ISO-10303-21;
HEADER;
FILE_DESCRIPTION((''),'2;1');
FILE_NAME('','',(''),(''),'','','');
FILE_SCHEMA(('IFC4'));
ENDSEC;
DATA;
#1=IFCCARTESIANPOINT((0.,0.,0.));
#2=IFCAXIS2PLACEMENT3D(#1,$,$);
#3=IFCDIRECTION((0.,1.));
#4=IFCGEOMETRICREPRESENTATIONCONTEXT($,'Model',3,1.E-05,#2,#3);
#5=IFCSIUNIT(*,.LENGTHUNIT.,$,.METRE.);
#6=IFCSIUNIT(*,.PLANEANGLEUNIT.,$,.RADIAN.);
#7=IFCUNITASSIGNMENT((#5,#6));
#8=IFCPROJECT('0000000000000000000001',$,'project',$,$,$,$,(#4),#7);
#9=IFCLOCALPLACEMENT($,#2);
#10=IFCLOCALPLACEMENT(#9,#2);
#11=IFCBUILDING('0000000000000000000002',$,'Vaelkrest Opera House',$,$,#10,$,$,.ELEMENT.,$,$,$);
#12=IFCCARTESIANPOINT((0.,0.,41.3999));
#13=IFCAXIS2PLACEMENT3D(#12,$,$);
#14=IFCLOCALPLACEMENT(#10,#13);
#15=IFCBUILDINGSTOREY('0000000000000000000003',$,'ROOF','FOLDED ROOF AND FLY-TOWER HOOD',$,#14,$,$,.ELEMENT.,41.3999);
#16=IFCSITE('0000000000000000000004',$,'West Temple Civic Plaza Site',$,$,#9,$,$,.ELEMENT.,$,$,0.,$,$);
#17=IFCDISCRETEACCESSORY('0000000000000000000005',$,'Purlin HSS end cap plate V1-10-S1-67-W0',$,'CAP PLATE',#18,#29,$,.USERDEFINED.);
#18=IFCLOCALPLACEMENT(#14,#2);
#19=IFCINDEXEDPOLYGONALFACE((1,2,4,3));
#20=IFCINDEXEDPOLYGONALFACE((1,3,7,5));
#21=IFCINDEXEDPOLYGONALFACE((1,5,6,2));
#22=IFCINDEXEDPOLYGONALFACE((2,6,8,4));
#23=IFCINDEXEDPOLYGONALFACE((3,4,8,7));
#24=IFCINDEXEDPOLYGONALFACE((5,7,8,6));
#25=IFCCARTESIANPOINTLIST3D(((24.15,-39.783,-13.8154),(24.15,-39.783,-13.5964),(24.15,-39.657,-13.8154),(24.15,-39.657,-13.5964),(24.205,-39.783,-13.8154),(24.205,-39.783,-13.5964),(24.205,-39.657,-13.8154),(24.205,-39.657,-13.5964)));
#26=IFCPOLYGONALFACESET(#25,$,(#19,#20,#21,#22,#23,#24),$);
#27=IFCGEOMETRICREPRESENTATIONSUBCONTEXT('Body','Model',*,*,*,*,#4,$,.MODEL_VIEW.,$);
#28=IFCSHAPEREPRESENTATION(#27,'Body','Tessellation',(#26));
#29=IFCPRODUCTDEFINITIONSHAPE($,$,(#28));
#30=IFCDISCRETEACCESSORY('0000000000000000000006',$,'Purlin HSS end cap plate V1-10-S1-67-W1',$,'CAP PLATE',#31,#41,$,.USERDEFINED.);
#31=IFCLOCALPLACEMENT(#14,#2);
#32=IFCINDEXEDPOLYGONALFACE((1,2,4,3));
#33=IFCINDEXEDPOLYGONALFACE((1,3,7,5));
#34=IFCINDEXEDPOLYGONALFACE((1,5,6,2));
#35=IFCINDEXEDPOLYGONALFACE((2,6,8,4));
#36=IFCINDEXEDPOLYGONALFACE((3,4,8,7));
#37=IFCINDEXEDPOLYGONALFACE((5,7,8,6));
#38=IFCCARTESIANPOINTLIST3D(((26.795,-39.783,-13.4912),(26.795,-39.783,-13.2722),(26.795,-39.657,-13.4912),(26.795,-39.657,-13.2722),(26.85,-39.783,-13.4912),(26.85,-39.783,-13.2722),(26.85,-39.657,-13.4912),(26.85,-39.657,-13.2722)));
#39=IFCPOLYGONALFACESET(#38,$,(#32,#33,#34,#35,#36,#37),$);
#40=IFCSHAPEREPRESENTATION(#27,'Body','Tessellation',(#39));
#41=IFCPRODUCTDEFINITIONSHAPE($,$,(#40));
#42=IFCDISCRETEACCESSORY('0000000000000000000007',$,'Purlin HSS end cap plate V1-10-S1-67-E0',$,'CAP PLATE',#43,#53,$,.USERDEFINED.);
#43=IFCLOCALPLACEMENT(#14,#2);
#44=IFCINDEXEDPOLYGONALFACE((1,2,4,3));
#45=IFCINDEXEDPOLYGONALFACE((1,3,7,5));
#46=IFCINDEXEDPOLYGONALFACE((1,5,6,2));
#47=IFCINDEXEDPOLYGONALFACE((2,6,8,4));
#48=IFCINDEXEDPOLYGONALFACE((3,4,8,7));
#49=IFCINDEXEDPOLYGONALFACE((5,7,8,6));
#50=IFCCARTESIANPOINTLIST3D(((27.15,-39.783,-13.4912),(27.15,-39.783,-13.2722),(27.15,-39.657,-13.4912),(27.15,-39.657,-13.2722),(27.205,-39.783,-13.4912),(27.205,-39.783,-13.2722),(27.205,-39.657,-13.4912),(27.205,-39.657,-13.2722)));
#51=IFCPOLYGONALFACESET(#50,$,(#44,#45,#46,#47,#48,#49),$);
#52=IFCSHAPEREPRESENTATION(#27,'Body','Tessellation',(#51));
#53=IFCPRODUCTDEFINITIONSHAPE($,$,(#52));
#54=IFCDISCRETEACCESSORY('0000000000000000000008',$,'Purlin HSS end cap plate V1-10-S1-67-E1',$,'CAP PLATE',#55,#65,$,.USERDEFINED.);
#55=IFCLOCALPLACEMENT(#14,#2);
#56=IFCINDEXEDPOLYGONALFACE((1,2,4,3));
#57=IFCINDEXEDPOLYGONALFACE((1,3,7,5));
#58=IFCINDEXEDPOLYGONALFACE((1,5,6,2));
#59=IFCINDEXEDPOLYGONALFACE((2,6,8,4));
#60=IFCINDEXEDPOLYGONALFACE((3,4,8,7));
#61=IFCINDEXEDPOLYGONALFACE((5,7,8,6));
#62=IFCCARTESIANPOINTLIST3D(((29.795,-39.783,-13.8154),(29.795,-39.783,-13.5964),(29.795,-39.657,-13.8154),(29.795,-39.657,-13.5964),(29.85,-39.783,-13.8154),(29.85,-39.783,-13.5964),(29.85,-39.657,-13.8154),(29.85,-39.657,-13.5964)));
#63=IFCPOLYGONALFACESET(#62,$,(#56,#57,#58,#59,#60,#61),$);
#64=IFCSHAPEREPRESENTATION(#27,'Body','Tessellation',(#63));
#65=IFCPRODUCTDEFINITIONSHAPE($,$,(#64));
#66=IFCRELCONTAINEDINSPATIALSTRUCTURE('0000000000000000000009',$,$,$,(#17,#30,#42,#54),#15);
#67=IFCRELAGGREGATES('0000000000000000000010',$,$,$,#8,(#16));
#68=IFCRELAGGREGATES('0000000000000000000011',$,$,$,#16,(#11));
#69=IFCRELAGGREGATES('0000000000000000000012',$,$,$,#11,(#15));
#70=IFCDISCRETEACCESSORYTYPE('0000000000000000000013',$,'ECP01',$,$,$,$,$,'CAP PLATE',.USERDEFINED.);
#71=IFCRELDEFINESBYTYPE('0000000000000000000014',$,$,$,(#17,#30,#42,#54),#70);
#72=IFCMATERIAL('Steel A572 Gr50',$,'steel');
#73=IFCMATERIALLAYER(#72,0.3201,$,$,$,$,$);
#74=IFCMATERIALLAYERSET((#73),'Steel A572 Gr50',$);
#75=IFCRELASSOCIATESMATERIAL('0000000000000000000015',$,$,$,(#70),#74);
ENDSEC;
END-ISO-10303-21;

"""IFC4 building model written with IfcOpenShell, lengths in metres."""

from ifc_helpers import new_model, si_unit, direction, frame, origin, origin_2d, place, context, subcontext, project, spatial, rectangle, extrude, material, layer, layer_set, type_object, element, save


model = new_model("IFC4")

# Units and contexts
model_context = context("Model", 3, precision=1e-05, world=origin(), true_north=direction((0.0, 1.0)))
body_context = subcontext(model_context, "Body", "Model", "MODEL_VIEW")
ifc_project = project(units=[si_unit("LENGTHUNIT", "METRE"), si_unit("PLANEANGLEUNIT", "RADIAN")], contexts=[model_context])

# Site, building, storey
site_placement = place(None, origin())
site = spatial("IfcSite", under=ifc_project, at=site_placement, Name="West Temple Civic Plaza Site", CompositionType="ELEMENT", RefElevation=0.0)
building_placement = place(site_placement, origin())
building = spatial("IfcBuilding", under=site, at=building_placement, Name="Vaelkrest Opera House", CompositionType="ELEMENT")
storey_placement = place(building_placement, frame((0.0, 0.0, 41.3999)))
storey = spatial("IfcBuildingStorey", under=building, at=storey_placement, Name="ROOF", Description="FOLDED ROOF AND FLY-TOWER HOOD", CompositionType="ELEMENT", Elevation=41.3999)

# Shared definitions
ifc_material_1 = material(Name="Steel A572 Gr50", Category="steel")

# Discrete accessories
ifc_layer_1 = layer(ifc_material_1, 0.3201)
ifc_layer_set_1 = layer_set([ifc_layer_1], Name="Steel A572 Gr50")
discrete_accessory_type = type_object("IfcDiscreteAccessoryType", Name="ECP01", ElementType="CAP PLATE", PredefinedType="USERDEFINED", material=ifc_layer_set_1)
for number, where, z_axis, x_axis, name in (
    (1, (24.1775, -39.72, -13.8154), (0.0, 0.0, 1.0), (1.0, 0.0, 0.0), "Purlin HSS end cap plate V1-10-S1-67-W0"),
    (2, (26.8225, -39.72, -13.4912), (0.0, 0.0, 1.0), (1.0, 0.0, 0.0), "Purlin HSS end cap plate V1-10-S1-67-W1"),
    (3, (27.1775, -39.72, -13.4912), (0.0, 0.0, 1.0), (1.0, 0.0, 0.0), "Purlin HSS end cap plate V1-10-S1-67-E0"),
    (4, (29.8225, -39.72, -13.8154), (0.0, 0.0, 1.0), (1.0, 0.0, 0.0), "Purlin HSS end cap plate V1-10-S1-67-E1"),
):
    element("IfcDiscreteAccessory", number, at=place(storey_placement, frame(where, z_axis=z_axis, x_axis=x_axis)), inside=storey, type_object=discrete_accessory_type, Name=name, ObjectType="CAP PLATE", PredefinedType="USERDEFINED", context=body_context, shape_type="SweptSolid", body=[
        extrude(rectangle(XDim=0.0549, YDim=0.126, at=origin_2d()), origin(), (0.0, 0.0, 1.0), 0.219),
    ])

save(model, "model.ifc")
